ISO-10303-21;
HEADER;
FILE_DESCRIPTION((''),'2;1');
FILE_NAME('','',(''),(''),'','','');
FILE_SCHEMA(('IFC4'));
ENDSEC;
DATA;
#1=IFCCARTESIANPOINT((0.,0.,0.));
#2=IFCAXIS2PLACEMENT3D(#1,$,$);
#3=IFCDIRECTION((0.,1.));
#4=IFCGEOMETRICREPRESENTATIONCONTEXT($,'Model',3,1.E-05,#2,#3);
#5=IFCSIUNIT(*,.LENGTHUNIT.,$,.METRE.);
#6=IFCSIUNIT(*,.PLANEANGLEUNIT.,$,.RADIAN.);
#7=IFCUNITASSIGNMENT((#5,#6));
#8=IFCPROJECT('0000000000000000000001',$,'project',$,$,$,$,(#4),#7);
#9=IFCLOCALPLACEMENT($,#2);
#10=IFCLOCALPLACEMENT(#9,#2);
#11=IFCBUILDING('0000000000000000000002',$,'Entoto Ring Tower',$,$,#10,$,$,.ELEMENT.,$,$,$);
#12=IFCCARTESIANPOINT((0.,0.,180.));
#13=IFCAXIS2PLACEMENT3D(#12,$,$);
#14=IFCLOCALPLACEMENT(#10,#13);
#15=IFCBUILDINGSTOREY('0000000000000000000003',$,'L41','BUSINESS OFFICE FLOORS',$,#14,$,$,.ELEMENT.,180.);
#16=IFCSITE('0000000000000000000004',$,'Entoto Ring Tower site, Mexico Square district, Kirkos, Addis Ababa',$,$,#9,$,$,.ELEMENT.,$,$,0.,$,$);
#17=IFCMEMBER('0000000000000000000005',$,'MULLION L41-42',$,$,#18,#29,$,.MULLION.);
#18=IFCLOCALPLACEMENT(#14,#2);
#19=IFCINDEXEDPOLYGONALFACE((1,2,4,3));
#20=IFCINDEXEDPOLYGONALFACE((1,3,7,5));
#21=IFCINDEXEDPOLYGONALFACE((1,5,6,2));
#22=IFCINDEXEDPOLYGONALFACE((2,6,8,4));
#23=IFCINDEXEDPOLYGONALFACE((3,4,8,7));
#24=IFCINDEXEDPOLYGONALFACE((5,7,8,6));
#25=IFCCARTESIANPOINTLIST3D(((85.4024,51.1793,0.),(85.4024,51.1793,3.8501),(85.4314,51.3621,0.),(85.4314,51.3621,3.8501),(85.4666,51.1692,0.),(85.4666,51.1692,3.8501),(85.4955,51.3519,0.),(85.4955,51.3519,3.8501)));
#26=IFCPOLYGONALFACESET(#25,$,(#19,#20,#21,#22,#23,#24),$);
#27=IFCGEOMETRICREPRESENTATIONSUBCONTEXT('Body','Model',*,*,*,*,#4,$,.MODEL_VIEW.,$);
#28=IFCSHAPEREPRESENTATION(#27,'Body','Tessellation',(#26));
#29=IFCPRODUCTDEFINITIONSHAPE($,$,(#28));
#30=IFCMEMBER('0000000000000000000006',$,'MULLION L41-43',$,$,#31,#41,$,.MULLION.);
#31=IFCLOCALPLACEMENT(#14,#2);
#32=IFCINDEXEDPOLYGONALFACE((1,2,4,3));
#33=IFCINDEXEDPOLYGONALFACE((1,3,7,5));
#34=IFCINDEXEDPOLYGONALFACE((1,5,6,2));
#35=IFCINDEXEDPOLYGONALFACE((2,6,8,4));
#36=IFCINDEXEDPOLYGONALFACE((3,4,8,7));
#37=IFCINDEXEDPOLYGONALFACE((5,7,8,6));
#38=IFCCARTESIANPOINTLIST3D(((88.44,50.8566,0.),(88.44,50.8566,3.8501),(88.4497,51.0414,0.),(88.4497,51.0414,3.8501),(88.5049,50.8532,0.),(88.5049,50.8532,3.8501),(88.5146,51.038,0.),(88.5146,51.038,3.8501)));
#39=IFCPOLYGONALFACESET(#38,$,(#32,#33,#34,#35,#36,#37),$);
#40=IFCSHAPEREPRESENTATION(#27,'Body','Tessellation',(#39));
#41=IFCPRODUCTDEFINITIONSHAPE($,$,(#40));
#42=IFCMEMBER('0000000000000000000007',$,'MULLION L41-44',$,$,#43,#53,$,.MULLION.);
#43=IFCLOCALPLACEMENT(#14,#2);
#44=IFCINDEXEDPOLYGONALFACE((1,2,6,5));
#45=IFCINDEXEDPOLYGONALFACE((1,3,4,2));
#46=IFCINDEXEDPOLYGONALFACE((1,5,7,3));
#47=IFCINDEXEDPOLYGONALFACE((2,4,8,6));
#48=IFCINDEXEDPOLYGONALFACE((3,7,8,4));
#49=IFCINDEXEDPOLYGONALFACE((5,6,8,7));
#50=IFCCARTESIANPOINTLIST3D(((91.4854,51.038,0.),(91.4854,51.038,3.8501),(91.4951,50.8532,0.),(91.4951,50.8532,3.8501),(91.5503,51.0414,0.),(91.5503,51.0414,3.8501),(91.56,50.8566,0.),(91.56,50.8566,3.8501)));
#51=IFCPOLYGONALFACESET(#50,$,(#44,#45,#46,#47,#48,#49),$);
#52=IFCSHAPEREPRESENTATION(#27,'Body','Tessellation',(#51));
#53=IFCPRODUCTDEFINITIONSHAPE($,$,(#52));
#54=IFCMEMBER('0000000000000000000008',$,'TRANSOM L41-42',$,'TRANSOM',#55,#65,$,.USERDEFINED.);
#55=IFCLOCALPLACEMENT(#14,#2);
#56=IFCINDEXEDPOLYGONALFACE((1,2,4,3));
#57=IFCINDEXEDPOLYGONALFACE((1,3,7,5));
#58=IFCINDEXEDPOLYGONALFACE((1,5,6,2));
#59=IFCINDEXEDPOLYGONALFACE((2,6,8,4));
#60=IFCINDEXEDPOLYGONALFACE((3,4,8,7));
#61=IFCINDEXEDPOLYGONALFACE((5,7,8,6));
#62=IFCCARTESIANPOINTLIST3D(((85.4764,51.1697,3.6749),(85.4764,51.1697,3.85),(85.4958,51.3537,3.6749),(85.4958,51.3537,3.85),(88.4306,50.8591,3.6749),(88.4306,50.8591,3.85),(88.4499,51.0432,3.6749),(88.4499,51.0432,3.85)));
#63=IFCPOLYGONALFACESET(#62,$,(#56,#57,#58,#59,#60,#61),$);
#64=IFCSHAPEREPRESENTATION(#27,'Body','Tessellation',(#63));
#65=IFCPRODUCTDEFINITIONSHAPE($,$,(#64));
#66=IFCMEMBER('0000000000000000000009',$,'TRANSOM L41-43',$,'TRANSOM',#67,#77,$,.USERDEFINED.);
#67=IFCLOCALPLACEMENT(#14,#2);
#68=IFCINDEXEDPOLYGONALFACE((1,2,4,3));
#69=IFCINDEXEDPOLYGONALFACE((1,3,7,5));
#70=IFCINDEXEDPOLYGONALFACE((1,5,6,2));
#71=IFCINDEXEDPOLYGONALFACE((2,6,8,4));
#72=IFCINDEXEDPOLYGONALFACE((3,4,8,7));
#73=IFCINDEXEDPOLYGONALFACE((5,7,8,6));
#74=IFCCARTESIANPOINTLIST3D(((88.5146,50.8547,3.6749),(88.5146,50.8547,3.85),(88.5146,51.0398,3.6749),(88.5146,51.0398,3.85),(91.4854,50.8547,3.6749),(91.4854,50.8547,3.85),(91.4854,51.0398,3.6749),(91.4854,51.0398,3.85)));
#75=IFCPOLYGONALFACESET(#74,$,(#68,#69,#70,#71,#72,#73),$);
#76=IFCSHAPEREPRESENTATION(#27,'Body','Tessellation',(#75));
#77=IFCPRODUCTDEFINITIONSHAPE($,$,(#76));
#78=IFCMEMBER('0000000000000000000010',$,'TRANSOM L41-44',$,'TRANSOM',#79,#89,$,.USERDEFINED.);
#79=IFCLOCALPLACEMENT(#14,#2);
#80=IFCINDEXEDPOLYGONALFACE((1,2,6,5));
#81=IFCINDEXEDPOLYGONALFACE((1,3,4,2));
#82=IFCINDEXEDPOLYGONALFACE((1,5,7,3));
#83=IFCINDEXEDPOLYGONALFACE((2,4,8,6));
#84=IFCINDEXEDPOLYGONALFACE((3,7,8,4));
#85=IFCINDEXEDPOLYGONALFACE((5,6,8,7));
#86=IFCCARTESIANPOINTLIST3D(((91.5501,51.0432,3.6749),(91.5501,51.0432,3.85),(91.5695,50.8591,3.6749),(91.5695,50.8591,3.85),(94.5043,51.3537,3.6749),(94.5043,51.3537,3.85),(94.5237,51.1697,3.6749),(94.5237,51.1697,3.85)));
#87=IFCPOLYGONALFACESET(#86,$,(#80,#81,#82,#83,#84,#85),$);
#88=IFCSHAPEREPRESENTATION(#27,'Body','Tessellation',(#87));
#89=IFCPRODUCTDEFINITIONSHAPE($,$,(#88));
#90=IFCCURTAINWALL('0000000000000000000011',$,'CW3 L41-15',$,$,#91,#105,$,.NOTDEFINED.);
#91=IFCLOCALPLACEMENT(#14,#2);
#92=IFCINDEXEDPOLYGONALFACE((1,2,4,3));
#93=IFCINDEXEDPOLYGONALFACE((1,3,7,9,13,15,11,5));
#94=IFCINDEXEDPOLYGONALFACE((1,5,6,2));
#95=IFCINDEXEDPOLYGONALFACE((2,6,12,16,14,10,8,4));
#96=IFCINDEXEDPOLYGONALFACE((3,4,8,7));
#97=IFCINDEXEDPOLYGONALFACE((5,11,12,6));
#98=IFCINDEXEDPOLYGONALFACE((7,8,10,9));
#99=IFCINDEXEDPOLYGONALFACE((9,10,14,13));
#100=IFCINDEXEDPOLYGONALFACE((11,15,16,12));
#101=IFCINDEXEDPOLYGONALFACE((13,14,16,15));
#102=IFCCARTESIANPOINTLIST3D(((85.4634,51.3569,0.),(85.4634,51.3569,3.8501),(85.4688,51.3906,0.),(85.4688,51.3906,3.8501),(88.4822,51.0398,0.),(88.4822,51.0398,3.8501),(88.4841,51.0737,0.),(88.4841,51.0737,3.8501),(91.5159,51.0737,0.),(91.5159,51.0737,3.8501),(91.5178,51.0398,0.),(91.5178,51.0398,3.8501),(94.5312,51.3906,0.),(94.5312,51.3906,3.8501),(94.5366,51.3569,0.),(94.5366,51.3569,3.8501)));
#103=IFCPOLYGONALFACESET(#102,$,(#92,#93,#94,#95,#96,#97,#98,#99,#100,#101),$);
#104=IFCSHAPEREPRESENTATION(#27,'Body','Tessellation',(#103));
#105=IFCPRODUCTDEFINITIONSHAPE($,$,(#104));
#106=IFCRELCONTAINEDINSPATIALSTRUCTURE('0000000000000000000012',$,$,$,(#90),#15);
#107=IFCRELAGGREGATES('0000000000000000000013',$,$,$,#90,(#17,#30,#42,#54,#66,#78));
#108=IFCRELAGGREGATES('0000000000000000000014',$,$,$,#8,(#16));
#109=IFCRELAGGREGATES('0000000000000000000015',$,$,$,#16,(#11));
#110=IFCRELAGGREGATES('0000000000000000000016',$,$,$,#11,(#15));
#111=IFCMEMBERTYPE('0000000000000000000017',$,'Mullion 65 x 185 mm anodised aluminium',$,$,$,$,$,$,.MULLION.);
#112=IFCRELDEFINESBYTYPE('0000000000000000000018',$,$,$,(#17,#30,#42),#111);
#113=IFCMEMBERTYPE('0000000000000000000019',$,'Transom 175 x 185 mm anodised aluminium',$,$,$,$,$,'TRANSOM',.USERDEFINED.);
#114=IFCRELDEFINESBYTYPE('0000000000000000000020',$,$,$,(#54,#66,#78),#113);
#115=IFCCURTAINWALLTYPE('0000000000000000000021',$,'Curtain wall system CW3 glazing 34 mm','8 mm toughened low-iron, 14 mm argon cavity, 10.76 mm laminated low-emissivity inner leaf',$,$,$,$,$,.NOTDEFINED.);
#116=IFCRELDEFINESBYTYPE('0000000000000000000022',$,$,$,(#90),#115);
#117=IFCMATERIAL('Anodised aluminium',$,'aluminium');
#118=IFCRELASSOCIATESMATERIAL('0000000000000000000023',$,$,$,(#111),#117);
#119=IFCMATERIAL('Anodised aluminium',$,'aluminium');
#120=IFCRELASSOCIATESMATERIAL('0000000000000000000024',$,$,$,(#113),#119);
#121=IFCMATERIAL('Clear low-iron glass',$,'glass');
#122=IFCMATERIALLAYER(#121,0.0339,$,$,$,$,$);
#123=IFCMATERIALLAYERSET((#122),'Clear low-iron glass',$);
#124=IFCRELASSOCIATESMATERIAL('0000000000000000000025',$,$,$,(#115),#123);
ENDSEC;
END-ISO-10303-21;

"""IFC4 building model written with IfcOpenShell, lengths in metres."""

from ifc_helpers import new_model, si_unit, direction, frame, origin, origin_2d, place, context, subcontext, project, spatial, polyline, rectangle, outline, extrude, material, layer, layer_set, material_profile, profile_set, type_object, element, aggregate, save


model = new_model("IFC4")

# Units and contexts
model_context = context("Model", 3, precision=1e-05, world=origin(), true_north=direction((0.0, 1.0)))
body_context = subcontext(model_context, "Body", "Model", "MODEL_VIEW")
ifc_project = project(units=[si_unit("LENGTHUNIT", "METRE"), si_unit("PLANEANGLEUNIT", "RADIAN")], contexts=[model_context])

# Members
ifc_material_1 = material(Name="Anodised aluminium", Category="aluminium")
ifc_material_profile_1 = material_profile(ifc_material_1, rectangle(XDim=0.0649, YDim=0.1851, at=origin_2d()), Name="Mullion 65 x 185 mm anodised aluminium")
ifc_profile_set_1 = profile_set([ifc_material_profile_1], Name="Anodised aluminium")
member_type_1 = type_object("IfcMemberType", Name="Mullion 65 x 185 mm anodised aluminium", PredefinedType="MULLION", material=ifc_profile_set_1)
site_placement = place(None, origin())
building_placement = place(site_placement, origin())
storey_placement = place(building_placement, frame((0.0, 0.0, 180.0)))
member_1_placement = place(storey_placement, frame((85.449, 51.2656, 0.0), z_axis=(0.0, 0.0, 1.0), x_axis=(0.987688, -0.156434, 0.0)))
member_1 = element("IfcMember", 1, at=member_1_placement, type_object=member_type_1, Name="MULLION L41-42", PredefinedType="MULLION", context=body_context, shape_type="SweptSolid", body=[
    extrude(rectangle(XDim=0.0649, YDim=0.1851, at=origin_2d()), origin(), (0.0, 0.0, 1.0), 3.8501),
])
member_2_placement = place(storey_placement, frame((88.4773, 50.9473, 0.0), z_axis=(0.0, 0.0, 1.0), x_axis=(0.99863, -0.052336, 0.0)))
member_2 = element("IfcMember", 2, at=member_2_placement, type_object=member_type_1, Name="MULLION L41-43", PredefinedType="MULLION", context=body_context, shape_type="SweptSolid", body=[
    extrude(rectangle(XDim=0.0649, YDim=0.1851, at=origin_2d()), origin(), (0.0, 0.0, 1.0), 3.8501),
])
member_3_placement = place(storey_placement, frame((91.5227, 50.9473, 0.0), z_axis=(0.0, 0.0, 1.0), x_axis=(0.99863, 0.052336, 0.0)))
member_3 = element("IfcMember", 3, at=member_3_placement, type_object=member_type_1, Name="MULLION L41-44", PredefinedType="MULLION", context=body_context, shape_type="SweptSolid", body=[
    extrude(rectangle(XDim=0.0649, YDim=0.1851, at=origin_2d()), origin(), (0.0, 0.0, 1.0), 3.8501),
])
ifc_material_2 = material(Name="Anodised aluminium", Category="aluminium")
ifc_material_profile_2 = material_profile(ifc_material_2, rectangle(XDim=0.1851, YDim=0.175, at=origin_2d()), Name="Transom 175 x 185 mm anodised aluminium")
ifc_profile_set_2 = profile_set([ifc_material_profile_2], Name="Anodised aluminium")
member_type_2 = type_object("IfcMemberType", Name="Transom 175 x 185 mm anodised aluminium", ElementType="TRANSOM", PredefinedType="USERDEFINED", material=ifc_profile_set_2)
member_4_placement = place(storey_placement, frame((85.4861, 51.2617, 3.7625), z_axis=(0.99452, -0.104548, 0.0), x_axis=(0.104548, 0.99452, 0.0)))
member_4 = element("IfcMember", 4, at=member_4_placement, type_object=member_type_2, Name="TRANSOM L41-42", ObjectType="TRANSOM", PredefinedType="USERDEFINED", context=body_context, shape_type="SweptSolid", body=[
    extrude(rectangle(XDim=0.1851, YDim=0.175, at=origin_2d()), origin(), (0.0, 0.0, 1.0), 2.9705),
])
member_5_placement = place(storey_placement, frame((88.5146, 50.9473, 3.7625), z_axis=(1.0, 0.0, 0.0), x_axis=(0.0, 1.0, 0.0)))
member_5 = element("IfcMember", 5, at=member_5_placement, type_object=member_type_2, Name="TRANSOM L41-43", ObjectType="TRANSOM", PredefinedType="USERDEFINED", context=body_context, shape_type="SweptSolid", body=[
    extrude(rectangle(XDim=0.1851, YDim=0.175, at=origin_2d()), origin(), (0.0, 0.0, 1.0), 2.9707),
])
member_6_placement = place(storey_placement, frame((91.5598, 50.9512, 3.7625), z_axis=(0.99452, 0.104548, 0.0), x_axis=(-0.104548, 0.99452, 0.0)))
member_6 = element("IfcMember", 6, at=member_6_placement, type_object=member_type_2, Name="TRANSOM L41-44", ObjectType="TRANSOM", PredefinedType="USERDEFINED", context=body_context, shape_type="SweptSolid", body=[
    extrude(rectangle(XDim=0.1851, YDim=0.175, at=origin_2d()), origin(), (0.0, 0.0, 1.0), 2.9705),
])

# Site, building, storey
site = spatial("IfcSite", under=ifc_project, at=site_placement, Name="Entoto Ring Tower site, Mexico Square district, Kirkos, Addis Ababa", CompositionType="ELEMENT", RefElevation=0.0)
building = spatial("IfcBuilding", under=site, at=building_placement, Name="Entoto Ring Tower", CompositionType="ELEMENT")
storey = spatial("IfcBuildingStorey", under=building, at=storey_placement, Name="L41", Description="BUSINESS OFFICE FLOORS", CompositionType="ELEMENT", Elevation=180.0)

# Curtain wall
ifc_material_3 = material(Name="Clear low-iron glass", Category="glass")
ifc_layer_1 = layer(ifc_material_3, 0.0339)
ifc_layer_set_1 = layer_set([ifc_layer_1], Name="Clear low-iron glass")
curtain_wall_type = type_object("IfcCurtainWallType", Name="Curtain wall system CW3 glazing 34 mm", Description="8 mm toughened low-iron, 14 mm argon cavity, 10.76 mm laminated low-emissivity inner leaf", PredefinedType="NOTDEFINED", material=ifc_layer_set_1)
curtain_wall_1_placement = place(storey_placement, origin())
curtain_wall_1 = element("IfcCurtainWall", 7, at=curtain_wall_1_placement, inside=storey, type_object=curtain_wall_type, Name="CW3 L41-15", PredefinedType="NOTDEFINED", context=body_context, shape_type="SweptSolid", body=[
    extrude(outline(polyline([(85.4634, 51.3569), (88.4822, 51.0398), (91.5178, 51.0398), (94.5366, 51.3569), (94.5312, 51.3906), (91.5159, 51.0737), (88.4841, 51.0737), (85.4688, 51.3906), (85.4634, 51.3569)])), origin(), (0.0, 0.0, 1.0), 3.8501),
])
aggregate(curtain_wall_1, [member_1, member_2, member_3, member_4, member_5, member_6])

save(model, "model.ifc")
